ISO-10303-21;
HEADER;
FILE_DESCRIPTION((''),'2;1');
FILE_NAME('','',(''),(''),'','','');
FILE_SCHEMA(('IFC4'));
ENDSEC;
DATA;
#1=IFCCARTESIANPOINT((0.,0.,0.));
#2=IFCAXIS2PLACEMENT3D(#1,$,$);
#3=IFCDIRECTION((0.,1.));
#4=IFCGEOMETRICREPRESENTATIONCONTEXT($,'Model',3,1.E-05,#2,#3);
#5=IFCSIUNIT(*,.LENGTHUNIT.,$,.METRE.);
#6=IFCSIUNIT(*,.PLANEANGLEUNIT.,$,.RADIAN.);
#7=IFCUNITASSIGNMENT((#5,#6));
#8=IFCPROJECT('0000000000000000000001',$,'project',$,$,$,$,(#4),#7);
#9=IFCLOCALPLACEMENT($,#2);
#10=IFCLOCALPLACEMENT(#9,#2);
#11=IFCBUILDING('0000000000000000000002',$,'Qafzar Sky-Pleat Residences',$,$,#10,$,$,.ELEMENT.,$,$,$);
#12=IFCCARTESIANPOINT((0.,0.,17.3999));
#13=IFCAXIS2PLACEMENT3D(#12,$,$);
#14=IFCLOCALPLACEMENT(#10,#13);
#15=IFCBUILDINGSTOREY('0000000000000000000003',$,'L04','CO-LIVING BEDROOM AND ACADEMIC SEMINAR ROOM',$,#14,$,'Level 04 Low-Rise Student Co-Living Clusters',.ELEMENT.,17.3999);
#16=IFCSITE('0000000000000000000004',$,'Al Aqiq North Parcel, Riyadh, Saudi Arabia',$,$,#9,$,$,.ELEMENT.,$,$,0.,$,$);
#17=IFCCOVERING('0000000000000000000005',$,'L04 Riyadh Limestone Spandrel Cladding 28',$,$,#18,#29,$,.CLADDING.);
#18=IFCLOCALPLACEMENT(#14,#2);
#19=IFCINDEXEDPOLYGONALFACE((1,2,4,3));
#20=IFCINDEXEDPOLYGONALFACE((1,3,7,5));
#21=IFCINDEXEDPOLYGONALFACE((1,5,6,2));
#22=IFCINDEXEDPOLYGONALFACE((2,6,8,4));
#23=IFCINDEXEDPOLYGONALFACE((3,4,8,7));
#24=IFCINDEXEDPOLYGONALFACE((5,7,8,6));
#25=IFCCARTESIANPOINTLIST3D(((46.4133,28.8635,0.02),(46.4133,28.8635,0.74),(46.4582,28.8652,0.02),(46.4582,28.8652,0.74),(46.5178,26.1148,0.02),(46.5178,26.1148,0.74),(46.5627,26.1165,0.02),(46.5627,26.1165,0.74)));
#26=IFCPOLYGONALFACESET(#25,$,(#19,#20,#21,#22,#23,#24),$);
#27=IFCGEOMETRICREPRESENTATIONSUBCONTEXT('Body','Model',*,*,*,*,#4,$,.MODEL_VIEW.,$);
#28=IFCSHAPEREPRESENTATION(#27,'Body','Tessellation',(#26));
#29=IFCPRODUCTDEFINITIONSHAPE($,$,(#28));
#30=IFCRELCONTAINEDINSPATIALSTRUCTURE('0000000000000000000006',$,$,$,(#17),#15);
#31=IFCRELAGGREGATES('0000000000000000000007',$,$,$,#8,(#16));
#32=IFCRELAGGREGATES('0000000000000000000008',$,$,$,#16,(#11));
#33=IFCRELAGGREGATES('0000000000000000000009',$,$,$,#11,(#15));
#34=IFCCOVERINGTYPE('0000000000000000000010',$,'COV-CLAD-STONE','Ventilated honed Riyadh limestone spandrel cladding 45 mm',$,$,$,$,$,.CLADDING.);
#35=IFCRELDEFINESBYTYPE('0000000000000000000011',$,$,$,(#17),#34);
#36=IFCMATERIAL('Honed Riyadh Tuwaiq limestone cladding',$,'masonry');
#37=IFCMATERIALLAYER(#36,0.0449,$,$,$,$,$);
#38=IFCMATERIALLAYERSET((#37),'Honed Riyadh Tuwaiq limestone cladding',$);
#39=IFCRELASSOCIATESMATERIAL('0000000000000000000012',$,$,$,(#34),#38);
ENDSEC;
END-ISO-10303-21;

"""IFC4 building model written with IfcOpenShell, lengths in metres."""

from ifc_helpers import new_model, si_unit, direction, frame, origin, origin_2d, place, context, subcontext, project, spatial, rectangle, extrude, source, transform, mapped, material, layer, layer_set, type_object, element, save


model = new_model("IFC4")

# Units and contexts
model_context = context("Model", 3, precision=1e-05, world=origin(), true_north=direction((0.0, 1.0)))
body_context = subcontext(model_context, "Body", "Model", "MODEL_VIEW")
ifc_project = project(units=[si_unit("LENGTHUNIT", "METRE"), si_unit("PLANEANGLEUNIT", "RADIAN")], contexts=[model_context])

# Site, building, storey
site_placement = place(None, origin())
site = spatial("IfcSite", under=ifc_project, at=site_placement, Name="Al Aqiq North Parcel, Riyadh, Saudi Arabia", CompositionType="ELEMENT", RefElevation=0.0)
building_placement = place(site_placement, origin())
building = spatial("IfcBuilding", under=site, at=building_placement, Name="Qafzar Sky-Pleat Residences", CompositionType="ELEMENT")
storey_placement = place(building_placement, frame((0.0, 0.0, 17.3999)))
storey = spatial("IfcBuildingStorey", under=building, at=storey_placement, Name="L04", Description="CO-LIVING BEDROOM AND ACADEMIC SEMINAR ROOM", LongName="Level 04 Low-Rise Student Co-Living Clusters", CompositionType="ELEMENT", Elevation=17.3999)

# Covering
ifc_material_1 = material(Name="Honed Riyadh Tuwaiq limestone cladding", Category="masonry")
ifc_layer_1 = layer(ifc_material_1, 0.0449)
ifc_layer_set_1 = layer_set([ifc_layer_1], Name="Honed Riyadh Tuwaiq limestone cladding")
covering_type = type_object("IfcCoveringType", Name="COV-CLAD-STONE", Description="Ventilated honed Riyadh limestone spandrel cladding 45 mm", PredefinedType="CLADDING", material=ifc_layer_set_1)
shared_shape_1 = source(origin(), body_context, "Body", "SweptSolid", [
    extrude(rectangle(XDim=2.7507, YDim=0.0449, at=origin_2d()), origin(), (0.0, 0.0, 1.0), 0.72),
])
covering_placement = place(storey_placement, frame((46.488, 27.49, 0.02), z_axis=(0.0, 0.0, 1.0), x_axis=(-0.037986, 0.999278, 0.0)))
element("IfcCovering", 1, at=covering_placement, inside=storey, type_object=covering_type, Name="L04 Riyadh Limestone Spandrel Cladding 28", PredefinedType="CLADDING", context=body_context, shape_type="MappedRepresentation", body=[
    mapped(shared_shape_1, transform((0.0, 0.0, 0.0), x_axis=(1.0, 0.0, 0.0), y_axis=(0.0, 1.0, 0.0), z_axis=(0.0, 0.0, 1.0), scale=1.0)),
])

save(model, "model.ifc")
